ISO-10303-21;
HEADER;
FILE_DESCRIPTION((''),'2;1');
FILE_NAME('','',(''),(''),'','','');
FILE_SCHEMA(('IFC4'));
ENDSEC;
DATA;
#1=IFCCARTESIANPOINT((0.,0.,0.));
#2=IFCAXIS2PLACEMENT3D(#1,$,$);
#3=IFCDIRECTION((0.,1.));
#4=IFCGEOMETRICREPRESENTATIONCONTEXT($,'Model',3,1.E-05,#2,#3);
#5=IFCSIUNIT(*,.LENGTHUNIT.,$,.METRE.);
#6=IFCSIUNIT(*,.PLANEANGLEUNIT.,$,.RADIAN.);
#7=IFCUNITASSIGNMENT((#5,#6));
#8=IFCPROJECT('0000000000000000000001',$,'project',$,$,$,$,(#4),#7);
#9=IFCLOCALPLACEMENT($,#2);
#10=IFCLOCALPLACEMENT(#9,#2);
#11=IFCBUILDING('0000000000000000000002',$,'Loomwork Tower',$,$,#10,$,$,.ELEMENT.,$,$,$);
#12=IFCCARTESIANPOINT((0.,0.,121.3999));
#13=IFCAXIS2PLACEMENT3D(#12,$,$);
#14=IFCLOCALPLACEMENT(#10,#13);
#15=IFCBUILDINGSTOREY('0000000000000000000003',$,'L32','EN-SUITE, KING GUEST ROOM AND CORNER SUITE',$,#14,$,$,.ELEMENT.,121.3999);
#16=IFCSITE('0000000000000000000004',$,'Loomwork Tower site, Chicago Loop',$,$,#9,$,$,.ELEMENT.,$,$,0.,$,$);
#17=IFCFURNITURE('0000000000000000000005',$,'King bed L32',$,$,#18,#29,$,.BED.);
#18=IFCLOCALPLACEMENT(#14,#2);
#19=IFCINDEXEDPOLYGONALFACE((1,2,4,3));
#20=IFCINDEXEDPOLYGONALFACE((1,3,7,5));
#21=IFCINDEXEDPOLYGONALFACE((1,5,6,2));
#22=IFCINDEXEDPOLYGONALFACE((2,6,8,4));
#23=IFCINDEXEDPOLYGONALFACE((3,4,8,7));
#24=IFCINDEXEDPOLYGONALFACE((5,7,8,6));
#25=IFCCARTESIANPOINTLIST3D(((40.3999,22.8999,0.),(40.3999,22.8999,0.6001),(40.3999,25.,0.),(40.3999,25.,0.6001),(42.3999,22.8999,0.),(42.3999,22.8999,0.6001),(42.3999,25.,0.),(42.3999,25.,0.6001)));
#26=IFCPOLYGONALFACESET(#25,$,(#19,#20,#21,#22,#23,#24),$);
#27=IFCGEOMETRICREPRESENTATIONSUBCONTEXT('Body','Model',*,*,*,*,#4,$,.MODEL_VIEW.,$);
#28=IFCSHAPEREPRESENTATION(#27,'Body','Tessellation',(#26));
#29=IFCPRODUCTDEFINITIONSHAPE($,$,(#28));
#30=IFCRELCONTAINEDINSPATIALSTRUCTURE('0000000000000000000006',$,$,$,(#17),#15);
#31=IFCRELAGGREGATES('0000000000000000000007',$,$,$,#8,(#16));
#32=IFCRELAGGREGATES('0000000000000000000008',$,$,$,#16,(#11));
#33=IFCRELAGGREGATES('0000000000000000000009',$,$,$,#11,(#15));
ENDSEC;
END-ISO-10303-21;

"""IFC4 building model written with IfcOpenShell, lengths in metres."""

from ifc_helpers import new_model, si_unit, direction, frame, origin, origin_2d, place, context, subcontext, project, spatial, rectangle, extrude, element, save


model = new_model("IFC4")

# Units and contexts
model_context = context("Model", 3, precision=1e-05, world=origin(), true_north=direction((0.0, 1.0)))
body_context = subcontext(model_context, "Body", "Model", "MODEL_VIEW")
ifc_project = project(units=[si_unit("LENGTHUNIT", "METRE"), si_unit("PLANEANGLEUNIT", "RADIAN")], contexts=[model_context])

# Site, building, storey
site_placement = place(None, origin())
site = spatial("IfcSite", under=ifc_project, at=site_placement, Name="Loomwork Tower site, Chicago Loop", CompositionType="ELEMENT", RefElevation=0.0)
building_placement = place(site_placement, origin())
building = spatial("IfcBuilding", under=site, at=building_placement, Name="Loomwork Tower", CompositionType="ELEMENT")
storey_placement = place(building_placement, frame((0.0, 0.0, 121.3999)))
storey = spatial("IfcBuildingStorey", under=building, at=storey_placement, Name="L32", Description="EN-SUITE, KING GUEST ROOM AND CORNER SUITE", CompositionType="ELEMENT", Elevation=121.3999)

# Furniture
furniture_placement = place(storey_placement, frame((41.3999, 23.95, 0.0), z_axis=(0.0, 0.0, 1.0), x_axis=(1.0, 0.0, 0.0)))
element("IfcFurniture", 1, at=furniture_placement, inside=storey, Name="King bed L32", PredefinedType="BED", context=body_context, shape_type="SweptSolid", body=[
    extrude(rectangle(XDim=2.0, YDim=2.1001, at=origin_2d()), origin(), (0.0, 0.0, 1.0), 0.6001),
])

save(model, "model.ifc")
